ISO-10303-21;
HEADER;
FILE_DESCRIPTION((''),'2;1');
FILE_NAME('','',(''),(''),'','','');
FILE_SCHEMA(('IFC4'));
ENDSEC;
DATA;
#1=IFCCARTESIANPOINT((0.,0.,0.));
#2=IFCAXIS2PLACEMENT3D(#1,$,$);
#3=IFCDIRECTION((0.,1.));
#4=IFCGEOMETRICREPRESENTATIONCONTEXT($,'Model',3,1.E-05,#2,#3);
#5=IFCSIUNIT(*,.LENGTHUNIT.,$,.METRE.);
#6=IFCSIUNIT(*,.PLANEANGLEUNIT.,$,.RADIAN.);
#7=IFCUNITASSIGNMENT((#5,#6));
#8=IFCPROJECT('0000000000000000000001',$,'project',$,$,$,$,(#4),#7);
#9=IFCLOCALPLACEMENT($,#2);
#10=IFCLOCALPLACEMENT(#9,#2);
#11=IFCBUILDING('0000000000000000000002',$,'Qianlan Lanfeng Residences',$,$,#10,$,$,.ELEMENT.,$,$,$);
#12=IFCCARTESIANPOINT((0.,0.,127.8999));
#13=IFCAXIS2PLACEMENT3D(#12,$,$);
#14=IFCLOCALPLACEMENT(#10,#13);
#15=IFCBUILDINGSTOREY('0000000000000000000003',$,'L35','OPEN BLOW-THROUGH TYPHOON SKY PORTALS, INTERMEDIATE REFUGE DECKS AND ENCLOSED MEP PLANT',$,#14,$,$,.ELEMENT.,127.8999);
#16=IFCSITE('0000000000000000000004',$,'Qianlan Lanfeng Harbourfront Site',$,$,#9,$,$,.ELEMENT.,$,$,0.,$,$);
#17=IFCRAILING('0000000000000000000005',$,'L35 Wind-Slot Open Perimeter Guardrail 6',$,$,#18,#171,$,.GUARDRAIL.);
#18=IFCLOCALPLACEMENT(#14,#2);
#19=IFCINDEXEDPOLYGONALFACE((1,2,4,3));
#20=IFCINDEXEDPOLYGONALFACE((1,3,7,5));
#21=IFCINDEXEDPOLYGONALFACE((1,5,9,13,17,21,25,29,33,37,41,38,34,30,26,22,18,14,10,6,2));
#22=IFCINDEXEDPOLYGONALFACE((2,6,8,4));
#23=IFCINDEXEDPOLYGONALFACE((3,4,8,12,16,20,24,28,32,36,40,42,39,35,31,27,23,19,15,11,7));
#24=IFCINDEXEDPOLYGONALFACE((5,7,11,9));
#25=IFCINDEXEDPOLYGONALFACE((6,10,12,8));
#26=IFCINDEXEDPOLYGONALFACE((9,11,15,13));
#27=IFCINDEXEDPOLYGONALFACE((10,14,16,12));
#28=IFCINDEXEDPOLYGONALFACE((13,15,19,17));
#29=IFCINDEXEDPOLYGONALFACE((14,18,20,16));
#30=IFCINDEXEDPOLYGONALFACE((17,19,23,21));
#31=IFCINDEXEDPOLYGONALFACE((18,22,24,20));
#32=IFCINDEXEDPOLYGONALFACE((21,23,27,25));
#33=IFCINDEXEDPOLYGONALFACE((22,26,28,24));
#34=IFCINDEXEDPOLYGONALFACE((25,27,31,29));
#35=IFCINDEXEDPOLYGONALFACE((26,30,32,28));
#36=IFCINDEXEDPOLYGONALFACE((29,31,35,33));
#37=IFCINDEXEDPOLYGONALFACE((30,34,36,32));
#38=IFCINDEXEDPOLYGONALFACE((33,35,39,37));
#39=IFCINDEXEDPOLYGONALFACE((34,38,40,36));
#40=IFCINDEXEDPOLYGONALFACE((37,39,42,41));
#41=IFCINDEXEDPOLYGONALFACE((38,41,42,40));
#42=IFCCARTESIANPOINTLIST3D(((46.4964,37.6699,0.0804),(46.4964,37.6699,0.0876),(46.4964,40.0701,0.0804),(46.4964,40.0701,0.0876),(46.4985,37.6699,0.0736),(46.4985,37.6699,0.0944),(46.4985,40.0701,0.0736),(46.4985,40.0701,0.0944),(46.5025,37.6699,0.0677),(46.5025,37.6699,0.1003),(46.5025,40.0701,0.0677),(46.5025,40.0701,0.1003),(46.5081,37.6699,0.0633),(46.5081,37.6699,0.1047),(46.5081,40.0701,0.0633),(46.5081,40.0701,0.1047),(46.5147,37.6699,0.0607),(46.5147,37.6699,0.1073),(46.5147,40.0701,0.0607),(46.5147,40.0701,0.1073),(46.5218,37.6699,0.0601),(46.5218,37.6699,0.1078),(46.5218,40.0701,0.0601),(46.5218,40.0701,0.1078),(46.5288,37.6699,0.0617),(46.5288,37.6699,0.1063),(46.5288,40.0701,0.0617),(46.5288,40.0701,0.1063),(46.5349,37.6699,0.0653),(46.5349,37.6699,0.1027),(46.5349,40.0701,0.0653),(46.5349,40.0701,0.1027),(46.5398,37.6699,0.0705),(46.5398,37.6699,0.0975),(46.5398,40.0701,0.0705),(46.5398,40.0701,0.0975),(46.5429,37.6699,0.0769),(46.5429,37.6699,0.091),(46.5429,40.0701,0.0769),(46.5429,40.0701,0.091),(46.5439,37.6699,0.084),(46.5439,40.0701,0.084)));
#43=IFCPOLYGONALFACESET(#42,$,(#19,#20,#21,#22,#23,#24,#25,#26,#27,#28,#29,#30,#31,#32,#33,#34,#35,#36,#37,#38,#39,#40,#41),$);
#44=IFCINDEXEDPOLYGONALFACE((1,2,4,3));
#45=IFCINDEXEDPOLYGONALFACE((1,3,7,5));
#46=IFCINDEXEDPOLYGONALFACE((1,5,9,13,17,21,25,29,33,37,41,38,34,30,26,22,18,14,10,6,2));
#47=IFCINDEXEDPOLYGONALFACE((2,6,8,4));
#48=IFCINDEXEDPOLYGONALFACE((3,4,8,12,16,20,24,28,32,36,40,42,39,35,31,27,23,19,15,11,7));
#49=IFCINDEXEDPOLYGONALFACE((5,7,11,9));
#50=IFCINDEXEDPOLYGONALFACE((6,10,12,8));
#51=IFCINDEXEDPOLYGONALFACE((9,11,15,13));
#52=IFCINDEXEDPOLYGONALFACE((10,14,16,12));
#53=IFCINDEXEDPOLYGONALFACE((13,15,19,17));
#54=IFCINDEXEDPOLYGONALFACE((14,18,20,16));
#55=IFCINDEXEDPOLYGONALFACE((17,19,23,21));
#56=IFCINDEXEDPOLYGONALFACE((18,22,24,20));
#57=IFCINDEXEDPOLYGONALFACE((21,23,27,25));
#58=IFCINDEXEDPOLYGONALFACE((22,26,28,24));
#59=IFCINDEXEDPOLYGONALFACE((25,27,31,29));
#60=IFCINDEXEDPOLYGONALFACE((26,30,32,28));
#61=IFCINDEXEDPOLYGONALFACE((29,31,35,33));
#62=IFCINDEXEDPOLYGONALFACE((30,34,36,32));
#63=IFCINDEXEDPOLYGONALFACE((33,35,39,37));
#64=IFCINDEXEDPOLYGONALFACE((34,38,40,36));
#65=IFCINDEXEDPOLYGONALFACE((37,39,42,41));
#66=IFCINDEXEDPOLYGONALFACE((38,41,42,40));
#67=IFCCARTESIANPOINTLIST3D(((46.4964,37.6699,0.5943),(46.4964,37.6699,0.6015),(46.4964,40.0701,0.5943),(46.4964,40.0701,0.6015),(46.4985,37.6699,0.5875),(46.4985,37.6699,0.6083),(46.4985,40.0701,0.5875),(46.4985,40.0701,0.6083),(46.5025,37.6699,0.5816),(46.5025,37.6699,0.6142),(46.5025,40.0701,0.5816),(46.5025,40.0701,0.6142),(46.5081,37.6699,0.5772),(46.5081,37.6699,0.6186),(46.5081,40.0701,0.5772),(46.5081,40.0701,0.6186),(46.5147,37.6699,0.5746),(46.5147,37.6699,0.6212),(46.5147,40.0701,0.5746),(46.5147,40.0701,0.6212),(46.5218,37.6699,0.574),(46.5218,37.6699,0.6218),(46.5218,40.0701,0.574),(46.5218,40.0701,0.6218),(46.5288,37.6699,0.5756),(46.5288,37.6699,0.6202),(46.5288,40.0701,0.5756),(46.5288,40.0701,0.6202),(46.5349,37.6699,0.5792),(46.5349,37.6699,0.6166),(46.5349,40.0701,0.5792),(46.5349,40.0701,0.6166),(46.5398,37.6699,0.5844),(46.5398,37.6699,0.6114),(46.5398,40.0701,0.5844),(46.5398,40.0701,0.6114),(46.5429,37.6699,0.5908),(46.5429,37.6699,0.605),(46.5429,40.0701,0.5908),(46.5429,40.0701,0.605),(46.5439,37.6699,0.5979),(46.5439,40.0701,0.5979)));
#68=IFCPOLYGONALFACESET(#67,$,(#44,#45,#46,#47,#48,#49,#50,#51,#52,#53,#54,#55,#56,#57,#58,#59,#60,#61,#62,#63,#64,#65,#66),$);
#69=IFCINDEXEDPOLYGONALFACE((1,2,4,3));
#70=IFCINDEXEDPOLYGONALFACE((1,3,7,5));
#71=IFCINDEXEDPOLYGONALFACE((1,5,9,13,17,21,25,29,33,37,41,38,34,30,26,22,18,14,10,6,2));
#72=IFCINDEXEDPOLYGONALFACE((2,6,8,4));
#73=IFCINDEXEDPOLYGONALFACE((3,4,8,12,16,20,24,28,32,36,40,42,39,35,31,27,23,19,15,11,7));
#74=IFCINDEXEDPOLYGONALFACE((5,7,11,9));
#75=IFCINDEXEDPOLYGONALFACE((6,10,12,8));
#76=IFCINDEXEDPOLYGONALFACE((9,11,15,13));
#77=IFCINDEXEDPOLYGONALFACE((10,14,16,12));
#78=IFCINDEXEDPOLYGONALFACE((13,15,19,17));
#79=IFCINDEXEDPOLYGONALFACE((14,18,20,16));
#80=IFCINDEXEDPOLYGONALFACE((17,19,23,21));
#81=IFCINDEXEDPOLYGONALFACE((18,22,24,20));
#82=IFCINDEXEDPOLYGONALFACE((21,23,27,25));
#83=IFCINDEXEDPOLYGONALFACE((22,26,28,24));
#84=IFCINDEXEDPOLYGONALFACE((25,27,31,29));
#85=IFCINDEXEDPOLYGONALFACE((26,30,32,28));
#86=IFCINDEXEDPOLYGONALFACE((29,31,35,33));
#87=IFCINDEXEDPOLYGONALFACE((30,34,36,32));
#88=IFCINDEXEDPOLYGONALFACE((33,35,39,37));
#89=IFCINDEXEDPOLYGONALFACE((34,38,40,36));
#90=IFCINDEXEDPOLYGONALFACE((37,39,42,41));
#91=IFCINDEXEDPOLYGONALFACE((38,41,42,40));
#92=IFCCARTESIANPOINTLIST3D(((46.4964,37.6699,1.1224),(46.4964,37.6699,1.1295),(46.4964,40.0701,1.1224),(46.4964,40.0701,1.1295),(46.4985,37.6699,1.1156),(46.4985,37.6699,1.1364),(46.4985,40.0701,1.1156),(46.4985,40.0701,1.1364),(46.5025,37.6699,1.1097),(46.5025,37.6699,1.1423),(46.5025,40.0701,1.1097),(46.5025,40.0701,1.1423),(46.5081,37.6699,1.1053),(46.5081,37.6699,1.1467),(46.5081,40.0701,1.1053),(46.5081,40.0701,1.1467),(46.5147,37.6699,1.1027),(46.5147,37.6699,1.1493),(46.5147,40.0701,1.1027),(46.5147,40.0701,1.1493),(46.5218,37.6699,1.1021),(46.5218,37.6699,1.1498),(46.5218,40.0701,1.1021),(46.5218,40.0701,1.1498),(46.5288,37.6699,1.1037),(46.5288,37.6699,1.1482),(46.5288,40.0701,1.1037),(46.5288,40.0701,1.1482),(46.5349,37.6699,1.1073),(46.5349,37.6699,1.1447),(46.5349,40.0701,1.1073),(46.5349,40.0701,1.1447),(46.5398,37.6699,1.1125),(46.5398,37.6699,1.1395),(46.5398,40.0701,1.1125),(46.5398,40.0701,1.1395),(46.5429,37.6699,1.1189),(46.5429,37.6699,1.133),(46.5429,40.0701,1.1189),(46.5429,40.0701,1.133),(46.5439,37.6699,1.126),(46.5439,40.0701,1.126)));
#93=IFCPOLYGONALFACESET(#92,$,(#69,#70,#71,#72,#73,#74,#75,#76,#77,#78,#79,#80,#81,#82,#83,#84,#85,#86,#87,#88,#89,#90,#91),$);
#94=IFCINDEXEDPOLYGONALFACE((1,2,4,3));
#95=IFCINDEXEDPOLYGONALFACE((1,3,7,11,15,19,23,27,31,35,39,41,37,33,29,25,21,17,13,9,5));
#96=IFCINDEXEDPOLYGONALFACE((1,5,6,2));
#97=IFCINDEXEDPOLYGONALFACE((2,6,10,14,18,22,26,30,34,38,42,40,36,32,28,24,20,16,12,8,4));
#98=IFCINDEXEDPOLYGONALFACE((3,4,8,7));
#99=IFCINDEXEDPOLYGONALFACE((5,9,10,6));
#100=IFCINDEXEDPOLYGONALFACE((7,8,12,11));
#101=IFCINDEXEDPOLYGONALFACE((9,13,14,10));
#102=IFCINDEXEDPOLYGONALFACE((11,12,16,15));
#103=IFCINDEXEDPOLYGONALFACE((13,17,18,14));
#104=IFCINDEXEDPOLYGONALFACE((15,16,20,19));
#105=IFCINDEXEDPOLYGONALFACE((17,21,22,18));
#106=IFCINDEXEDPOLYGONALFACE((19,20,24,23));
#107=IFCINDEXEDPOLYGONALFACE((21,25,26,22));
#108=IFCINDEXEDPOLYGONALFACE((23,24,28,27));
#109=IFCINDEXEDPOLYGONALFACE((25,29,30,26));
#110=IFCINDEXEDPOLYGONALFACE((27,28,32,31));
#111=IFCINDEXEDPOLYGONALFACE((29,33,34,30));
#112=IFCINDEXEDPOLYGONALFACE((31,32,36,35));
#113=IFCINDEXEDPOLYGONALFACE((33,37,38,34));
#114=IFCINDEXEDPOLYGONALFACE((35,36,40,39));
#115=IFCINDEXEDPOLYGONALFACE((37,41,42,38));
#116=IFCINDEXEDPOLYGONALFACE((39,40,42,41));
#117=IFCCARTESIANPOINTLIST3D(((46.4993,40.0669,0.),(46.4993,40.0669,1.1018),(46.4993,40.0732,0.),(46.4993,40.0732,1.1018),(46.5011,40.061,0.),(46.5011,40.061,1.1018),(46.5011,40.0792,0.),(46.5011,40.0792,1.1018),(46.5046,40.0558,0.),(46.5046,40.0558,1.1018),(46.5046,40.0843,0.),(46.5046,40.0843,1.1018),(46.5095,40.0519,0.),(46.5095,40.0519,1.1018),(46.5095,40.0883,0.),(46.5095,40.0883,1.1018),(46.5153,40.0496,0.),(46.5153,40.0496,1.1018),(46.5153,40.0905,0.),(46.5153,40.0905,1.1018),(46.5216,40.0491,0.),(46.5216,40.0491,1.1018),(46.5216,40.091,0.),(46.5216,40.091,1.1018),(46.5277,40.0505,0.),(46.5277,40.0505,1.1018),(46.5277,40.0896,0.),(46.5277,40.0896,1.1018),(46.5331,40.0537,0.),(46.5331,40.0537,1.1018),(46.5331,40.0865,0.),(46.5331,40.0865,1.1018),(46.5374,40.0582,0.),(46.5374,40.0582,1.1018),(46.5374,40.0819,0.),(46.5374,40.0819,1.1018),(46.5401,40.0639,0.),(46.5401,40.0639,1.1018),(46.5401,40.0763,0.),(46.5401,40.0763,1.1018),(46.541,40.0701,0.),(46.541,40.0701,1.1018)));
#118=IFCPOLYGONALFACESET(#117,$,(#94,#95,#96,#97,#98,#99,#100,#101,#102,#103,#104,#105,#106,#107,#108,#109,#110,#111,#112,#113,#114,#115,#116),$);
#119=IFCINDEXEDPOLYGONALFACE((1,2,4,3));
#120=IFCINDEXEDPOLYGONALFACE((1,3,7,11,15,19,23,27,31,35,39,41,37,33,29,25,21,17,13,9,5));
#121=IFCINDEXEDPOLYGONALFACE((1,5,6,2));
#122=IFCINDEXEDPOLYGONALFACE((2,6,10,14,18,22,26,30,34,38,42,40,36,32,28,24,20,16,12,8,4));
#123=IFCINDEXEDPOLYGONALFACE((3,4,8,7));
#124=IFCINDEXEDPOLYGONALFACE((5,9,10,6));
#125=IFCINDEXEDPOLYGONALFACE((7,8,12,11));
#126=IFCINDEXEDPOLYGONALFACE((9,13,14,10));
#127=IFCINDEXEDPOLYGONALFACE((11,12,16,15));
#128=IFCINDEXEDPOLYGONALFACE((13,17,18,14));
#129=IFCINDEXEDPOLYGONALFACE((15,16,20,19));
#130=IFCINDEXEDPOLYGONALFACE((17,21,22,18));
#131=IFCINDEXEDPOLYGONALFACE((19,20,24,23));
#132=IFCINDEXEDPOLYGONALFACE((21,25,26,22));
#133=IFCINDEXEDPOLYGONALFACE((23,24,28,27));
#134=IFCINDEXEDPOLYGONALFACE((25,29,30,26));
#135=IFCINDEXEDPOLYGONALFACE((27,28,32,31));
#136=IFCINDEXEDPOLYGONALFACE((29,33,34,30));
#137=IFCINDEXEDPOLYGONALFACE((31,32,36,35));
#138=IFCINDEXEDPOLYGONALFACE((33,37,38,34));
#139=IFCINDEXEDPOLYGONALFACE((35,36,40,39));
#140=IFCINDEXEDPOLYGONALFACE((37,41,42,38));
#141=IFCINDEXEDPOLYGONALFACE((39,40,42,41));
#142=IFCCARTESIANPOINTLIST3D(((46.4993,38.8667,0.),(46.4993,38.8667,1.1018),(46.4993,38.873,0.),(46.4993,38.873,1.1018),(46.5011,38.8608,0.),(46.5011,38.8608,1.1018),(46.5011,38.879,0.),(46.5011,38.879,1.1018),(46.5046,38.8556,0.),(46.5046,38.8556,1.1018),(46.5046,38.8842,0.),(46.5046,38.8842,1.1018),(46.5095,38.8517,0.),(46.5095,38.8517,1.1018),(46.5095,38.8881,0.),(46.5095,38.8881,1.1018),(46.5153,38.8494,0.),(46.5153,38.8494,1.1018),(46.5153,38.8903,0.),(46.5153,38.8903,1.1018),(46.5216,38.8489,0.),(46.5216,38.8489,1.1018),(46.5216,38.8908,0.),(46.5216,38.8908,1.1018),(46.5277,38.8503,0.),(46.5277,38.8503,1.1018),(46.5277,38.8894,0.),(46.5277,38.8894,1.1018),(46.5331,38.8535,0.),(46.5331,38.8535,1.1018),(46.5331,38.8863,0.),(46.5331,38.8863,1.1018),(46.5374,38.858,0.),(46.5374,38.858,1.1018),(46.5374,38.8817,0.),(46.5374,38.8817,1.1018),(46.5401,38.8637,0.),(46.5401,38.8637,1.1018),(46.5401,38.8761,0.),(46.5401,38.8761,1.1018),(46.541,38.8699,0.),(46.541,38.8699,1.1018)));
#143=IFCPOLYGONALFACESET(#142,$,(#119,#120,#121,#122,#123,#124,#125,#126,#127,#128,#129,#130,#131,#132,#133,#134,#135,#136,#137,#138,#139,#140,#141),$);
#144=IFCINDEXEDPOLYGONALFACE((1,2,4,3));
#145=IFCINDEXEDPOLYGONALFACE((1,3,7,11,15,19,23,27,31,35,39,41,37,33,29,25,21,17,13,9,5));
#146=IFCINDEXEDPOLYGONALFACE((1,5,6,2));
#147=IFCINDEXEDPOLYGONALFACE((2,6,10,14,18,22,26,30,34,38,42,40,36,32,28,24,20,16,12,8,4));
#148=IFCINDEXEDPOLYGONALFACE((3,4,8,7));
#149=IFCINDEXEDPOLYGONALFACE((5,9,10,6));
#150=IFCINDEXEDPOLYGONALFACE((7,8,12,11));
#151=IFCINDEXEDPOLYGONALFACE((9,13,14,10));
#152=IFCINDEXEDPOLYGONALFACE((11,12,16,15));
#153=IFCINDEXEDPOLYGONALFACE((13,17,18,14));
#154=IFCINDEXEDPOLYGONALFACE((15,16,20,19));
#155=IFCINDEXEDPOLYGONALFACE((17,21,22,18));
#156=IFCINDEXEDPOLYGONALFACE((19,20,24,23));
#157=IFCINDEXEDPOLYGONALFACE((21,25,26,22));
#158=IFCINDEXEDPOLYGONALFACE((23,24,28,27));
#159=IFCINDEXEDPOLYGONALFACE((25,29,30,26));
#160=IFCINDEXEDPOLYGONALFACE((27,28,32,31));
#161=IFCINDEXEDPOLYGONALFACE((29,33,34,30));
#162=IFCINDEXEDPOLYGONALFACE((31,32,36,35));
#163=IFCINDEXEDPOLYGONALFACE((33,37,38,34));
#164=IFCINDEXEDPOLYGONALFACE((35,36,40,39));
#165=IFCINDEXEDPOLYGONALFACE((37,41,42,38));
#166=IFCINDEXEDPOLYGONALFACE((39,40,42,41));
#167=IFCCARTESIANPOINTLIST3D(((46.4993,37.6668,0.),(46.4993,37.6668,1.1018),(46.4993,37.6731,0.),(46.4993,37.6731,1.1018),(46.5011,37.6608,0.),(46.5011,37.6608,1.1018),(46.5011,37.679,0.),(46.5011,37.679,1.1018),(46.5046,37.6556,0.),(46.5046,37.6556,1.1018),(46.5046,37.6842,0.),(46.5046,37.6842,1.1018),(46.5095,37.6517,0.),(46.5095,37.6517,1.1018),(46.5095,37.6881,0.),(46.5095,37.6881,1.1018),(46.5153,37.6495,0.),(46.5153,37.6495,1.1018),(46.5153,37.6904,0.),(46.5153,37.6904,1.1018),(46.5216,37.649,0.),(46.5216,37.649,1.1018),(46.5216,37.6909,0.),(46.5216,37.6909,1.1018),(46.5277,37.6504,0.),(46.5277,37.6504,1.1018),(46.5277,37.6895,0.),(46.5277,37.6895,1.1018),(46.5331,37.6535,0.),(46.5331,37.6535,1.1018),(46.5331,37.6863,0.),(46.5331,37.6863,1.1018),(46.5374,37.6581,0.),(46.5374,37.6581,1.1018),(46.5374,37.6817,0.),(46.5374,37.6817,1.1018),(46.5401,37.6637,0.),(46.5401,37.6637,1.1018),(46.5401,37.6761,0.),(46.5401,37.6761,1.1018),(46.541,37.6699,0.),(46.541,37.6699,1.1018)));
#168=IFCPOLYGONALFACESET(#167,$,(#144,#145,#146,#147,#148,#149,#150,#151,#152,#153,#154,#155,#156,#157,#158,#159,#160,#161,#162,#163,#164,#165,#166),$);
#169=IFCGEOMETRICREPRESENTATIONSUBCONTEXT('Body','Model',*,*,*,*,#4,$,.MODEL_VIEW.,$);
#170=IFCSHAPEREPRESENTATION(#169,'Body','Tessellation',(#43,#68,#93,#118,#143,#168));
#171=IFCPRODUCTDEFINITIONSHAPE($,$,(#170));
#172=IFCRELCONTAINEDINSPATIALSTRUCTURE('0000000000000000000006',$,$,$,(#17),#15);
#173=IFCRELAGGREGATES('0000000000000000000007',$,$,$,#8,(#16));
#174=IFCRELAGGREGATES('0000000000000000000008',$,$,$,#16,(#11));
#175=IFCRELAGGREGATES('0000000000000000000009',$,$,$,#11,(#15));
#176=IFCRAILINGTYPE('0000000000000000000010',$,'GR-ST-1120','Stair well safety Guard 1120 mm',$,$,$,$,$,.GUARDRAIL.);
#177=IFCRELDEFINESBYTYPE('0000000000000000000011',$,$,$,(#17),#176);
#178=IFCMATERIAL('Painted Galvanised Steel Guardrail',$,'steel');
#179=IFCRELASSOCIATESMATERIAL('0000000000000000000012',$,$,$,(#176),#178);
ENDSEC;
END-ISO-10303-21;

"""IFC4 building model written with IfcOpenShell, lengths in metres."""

from ifc_helpers import new_model, si_unit, direction, frame, origin, origin_2d, place, context, subcontext, project, spatial, circle, extrude, material, type_object, element, save


model = new_model("IFC4")

# Units and contexts
model_context = context("Model", 3, precision=1e-05, world=origin(), true_north=direction((0.0, 1.0)))
body_context = subcontext(model_context, "Body", "Model", "MODEL_VIEW")
ifc_project = project(units=[si_unit("LENGTHUNIT", "METRE"), si_unit("PLANEANGLEUNIT", "RADIAN")], contexts=[model_context])

# Site, building, storey
site_placement = place(None, origin())
site = spatial("IfcSite", under=ifc_project, at=site_placement, Name="Qianlan Lanfeng Harbourfront Site", CompositionType="ELEMENT", RefElevation=0.0)
building_placement = place(site_placement, origin())
building = spatial("IfcBuilding", under=site, at=building_placement, Name="Qianlan Lanfeng Residences", CompositionType="ELEMENT")
storey_placement = place(building_placement, frame((0.0, 0.0, 127.8999)))
storey = spatial("IfcBuildingStorey", under=building, at=storey_placement, Name="L35", Description="OPEN BLOW-THROUGH TYPHOON SKY PORTALS, INTERMEDIATE REFUGE DECKS AND ENCLOSED MEP PLANT", CompositionType="ELEMENT", Elevation=127.8999)

# Railing
ifc_material_1 = material(Name="Painted Galvanised Steel Guardrail", Category="steel")
railing_type_1 = type_object("IfcRailingType", Name="GR-ST-1120", Description="Stair well safety Guard 1120 mm", PredefinedType="GUARDRAIL", material=ifc_material_1)
railing_1_placement = place(storey_placement, frame((46.52, 40.0701, 0.0)))
element("IfcRailing", 1, at=railing_1_placement, inside=storey, type_object=railing_type_1, Name="L35 Wind-Slot Open Perimeter Guardrail 6", PredefinedType="GUARDRAIL", context=body_context, shape_type="SweptSolid", body=[
    extrude(circle(Radius=0.0239, at=origin_2d()), frame((0.0, 0.0, 0.084), z_axis=(0.0, -1.0, 0.0), x_axis=(1.0, 0.0, 0.0)), (0.0, 0.0, 1.0), 2.4001),
    extrude(circle(Radius=0.0239, at=origin_2d()), frame((0.0, 0.0, 0.5979), z_axis=(0.0, -1.0, 0.0), x_axis=(1.0, 0.0, 0.0)), (0.0, 0.0, 1.0), 2.4001),
    extrude(circle(Radius=0.0239, at=origin_2d()), frame((0.0, 0.0, 1.126), z_axis=(0.0, -1.0, 0.0), x_axis=(1.0, 0.0, 0.0)), (0.0, 0.0, 1.0), 2.4001),
    extrude(circle(Radius=0.021, at=origin_2d()), origin(), (0.0, 0.0, 1.0), 1.1018),
    extrude(circle(Radius=0.021, at=origin_2d()), frame((0.0, -1.2002, 0.0)), (0.0, 0.0, 1.0), 1.1018),
    extrude(circle(Radius=0.021, at=origin_2d()), frame((0.0, -2.4001, 0.0)), (0.0, 0.0, 1.0), 1.1018),
])

save(model, "model.ifc")
